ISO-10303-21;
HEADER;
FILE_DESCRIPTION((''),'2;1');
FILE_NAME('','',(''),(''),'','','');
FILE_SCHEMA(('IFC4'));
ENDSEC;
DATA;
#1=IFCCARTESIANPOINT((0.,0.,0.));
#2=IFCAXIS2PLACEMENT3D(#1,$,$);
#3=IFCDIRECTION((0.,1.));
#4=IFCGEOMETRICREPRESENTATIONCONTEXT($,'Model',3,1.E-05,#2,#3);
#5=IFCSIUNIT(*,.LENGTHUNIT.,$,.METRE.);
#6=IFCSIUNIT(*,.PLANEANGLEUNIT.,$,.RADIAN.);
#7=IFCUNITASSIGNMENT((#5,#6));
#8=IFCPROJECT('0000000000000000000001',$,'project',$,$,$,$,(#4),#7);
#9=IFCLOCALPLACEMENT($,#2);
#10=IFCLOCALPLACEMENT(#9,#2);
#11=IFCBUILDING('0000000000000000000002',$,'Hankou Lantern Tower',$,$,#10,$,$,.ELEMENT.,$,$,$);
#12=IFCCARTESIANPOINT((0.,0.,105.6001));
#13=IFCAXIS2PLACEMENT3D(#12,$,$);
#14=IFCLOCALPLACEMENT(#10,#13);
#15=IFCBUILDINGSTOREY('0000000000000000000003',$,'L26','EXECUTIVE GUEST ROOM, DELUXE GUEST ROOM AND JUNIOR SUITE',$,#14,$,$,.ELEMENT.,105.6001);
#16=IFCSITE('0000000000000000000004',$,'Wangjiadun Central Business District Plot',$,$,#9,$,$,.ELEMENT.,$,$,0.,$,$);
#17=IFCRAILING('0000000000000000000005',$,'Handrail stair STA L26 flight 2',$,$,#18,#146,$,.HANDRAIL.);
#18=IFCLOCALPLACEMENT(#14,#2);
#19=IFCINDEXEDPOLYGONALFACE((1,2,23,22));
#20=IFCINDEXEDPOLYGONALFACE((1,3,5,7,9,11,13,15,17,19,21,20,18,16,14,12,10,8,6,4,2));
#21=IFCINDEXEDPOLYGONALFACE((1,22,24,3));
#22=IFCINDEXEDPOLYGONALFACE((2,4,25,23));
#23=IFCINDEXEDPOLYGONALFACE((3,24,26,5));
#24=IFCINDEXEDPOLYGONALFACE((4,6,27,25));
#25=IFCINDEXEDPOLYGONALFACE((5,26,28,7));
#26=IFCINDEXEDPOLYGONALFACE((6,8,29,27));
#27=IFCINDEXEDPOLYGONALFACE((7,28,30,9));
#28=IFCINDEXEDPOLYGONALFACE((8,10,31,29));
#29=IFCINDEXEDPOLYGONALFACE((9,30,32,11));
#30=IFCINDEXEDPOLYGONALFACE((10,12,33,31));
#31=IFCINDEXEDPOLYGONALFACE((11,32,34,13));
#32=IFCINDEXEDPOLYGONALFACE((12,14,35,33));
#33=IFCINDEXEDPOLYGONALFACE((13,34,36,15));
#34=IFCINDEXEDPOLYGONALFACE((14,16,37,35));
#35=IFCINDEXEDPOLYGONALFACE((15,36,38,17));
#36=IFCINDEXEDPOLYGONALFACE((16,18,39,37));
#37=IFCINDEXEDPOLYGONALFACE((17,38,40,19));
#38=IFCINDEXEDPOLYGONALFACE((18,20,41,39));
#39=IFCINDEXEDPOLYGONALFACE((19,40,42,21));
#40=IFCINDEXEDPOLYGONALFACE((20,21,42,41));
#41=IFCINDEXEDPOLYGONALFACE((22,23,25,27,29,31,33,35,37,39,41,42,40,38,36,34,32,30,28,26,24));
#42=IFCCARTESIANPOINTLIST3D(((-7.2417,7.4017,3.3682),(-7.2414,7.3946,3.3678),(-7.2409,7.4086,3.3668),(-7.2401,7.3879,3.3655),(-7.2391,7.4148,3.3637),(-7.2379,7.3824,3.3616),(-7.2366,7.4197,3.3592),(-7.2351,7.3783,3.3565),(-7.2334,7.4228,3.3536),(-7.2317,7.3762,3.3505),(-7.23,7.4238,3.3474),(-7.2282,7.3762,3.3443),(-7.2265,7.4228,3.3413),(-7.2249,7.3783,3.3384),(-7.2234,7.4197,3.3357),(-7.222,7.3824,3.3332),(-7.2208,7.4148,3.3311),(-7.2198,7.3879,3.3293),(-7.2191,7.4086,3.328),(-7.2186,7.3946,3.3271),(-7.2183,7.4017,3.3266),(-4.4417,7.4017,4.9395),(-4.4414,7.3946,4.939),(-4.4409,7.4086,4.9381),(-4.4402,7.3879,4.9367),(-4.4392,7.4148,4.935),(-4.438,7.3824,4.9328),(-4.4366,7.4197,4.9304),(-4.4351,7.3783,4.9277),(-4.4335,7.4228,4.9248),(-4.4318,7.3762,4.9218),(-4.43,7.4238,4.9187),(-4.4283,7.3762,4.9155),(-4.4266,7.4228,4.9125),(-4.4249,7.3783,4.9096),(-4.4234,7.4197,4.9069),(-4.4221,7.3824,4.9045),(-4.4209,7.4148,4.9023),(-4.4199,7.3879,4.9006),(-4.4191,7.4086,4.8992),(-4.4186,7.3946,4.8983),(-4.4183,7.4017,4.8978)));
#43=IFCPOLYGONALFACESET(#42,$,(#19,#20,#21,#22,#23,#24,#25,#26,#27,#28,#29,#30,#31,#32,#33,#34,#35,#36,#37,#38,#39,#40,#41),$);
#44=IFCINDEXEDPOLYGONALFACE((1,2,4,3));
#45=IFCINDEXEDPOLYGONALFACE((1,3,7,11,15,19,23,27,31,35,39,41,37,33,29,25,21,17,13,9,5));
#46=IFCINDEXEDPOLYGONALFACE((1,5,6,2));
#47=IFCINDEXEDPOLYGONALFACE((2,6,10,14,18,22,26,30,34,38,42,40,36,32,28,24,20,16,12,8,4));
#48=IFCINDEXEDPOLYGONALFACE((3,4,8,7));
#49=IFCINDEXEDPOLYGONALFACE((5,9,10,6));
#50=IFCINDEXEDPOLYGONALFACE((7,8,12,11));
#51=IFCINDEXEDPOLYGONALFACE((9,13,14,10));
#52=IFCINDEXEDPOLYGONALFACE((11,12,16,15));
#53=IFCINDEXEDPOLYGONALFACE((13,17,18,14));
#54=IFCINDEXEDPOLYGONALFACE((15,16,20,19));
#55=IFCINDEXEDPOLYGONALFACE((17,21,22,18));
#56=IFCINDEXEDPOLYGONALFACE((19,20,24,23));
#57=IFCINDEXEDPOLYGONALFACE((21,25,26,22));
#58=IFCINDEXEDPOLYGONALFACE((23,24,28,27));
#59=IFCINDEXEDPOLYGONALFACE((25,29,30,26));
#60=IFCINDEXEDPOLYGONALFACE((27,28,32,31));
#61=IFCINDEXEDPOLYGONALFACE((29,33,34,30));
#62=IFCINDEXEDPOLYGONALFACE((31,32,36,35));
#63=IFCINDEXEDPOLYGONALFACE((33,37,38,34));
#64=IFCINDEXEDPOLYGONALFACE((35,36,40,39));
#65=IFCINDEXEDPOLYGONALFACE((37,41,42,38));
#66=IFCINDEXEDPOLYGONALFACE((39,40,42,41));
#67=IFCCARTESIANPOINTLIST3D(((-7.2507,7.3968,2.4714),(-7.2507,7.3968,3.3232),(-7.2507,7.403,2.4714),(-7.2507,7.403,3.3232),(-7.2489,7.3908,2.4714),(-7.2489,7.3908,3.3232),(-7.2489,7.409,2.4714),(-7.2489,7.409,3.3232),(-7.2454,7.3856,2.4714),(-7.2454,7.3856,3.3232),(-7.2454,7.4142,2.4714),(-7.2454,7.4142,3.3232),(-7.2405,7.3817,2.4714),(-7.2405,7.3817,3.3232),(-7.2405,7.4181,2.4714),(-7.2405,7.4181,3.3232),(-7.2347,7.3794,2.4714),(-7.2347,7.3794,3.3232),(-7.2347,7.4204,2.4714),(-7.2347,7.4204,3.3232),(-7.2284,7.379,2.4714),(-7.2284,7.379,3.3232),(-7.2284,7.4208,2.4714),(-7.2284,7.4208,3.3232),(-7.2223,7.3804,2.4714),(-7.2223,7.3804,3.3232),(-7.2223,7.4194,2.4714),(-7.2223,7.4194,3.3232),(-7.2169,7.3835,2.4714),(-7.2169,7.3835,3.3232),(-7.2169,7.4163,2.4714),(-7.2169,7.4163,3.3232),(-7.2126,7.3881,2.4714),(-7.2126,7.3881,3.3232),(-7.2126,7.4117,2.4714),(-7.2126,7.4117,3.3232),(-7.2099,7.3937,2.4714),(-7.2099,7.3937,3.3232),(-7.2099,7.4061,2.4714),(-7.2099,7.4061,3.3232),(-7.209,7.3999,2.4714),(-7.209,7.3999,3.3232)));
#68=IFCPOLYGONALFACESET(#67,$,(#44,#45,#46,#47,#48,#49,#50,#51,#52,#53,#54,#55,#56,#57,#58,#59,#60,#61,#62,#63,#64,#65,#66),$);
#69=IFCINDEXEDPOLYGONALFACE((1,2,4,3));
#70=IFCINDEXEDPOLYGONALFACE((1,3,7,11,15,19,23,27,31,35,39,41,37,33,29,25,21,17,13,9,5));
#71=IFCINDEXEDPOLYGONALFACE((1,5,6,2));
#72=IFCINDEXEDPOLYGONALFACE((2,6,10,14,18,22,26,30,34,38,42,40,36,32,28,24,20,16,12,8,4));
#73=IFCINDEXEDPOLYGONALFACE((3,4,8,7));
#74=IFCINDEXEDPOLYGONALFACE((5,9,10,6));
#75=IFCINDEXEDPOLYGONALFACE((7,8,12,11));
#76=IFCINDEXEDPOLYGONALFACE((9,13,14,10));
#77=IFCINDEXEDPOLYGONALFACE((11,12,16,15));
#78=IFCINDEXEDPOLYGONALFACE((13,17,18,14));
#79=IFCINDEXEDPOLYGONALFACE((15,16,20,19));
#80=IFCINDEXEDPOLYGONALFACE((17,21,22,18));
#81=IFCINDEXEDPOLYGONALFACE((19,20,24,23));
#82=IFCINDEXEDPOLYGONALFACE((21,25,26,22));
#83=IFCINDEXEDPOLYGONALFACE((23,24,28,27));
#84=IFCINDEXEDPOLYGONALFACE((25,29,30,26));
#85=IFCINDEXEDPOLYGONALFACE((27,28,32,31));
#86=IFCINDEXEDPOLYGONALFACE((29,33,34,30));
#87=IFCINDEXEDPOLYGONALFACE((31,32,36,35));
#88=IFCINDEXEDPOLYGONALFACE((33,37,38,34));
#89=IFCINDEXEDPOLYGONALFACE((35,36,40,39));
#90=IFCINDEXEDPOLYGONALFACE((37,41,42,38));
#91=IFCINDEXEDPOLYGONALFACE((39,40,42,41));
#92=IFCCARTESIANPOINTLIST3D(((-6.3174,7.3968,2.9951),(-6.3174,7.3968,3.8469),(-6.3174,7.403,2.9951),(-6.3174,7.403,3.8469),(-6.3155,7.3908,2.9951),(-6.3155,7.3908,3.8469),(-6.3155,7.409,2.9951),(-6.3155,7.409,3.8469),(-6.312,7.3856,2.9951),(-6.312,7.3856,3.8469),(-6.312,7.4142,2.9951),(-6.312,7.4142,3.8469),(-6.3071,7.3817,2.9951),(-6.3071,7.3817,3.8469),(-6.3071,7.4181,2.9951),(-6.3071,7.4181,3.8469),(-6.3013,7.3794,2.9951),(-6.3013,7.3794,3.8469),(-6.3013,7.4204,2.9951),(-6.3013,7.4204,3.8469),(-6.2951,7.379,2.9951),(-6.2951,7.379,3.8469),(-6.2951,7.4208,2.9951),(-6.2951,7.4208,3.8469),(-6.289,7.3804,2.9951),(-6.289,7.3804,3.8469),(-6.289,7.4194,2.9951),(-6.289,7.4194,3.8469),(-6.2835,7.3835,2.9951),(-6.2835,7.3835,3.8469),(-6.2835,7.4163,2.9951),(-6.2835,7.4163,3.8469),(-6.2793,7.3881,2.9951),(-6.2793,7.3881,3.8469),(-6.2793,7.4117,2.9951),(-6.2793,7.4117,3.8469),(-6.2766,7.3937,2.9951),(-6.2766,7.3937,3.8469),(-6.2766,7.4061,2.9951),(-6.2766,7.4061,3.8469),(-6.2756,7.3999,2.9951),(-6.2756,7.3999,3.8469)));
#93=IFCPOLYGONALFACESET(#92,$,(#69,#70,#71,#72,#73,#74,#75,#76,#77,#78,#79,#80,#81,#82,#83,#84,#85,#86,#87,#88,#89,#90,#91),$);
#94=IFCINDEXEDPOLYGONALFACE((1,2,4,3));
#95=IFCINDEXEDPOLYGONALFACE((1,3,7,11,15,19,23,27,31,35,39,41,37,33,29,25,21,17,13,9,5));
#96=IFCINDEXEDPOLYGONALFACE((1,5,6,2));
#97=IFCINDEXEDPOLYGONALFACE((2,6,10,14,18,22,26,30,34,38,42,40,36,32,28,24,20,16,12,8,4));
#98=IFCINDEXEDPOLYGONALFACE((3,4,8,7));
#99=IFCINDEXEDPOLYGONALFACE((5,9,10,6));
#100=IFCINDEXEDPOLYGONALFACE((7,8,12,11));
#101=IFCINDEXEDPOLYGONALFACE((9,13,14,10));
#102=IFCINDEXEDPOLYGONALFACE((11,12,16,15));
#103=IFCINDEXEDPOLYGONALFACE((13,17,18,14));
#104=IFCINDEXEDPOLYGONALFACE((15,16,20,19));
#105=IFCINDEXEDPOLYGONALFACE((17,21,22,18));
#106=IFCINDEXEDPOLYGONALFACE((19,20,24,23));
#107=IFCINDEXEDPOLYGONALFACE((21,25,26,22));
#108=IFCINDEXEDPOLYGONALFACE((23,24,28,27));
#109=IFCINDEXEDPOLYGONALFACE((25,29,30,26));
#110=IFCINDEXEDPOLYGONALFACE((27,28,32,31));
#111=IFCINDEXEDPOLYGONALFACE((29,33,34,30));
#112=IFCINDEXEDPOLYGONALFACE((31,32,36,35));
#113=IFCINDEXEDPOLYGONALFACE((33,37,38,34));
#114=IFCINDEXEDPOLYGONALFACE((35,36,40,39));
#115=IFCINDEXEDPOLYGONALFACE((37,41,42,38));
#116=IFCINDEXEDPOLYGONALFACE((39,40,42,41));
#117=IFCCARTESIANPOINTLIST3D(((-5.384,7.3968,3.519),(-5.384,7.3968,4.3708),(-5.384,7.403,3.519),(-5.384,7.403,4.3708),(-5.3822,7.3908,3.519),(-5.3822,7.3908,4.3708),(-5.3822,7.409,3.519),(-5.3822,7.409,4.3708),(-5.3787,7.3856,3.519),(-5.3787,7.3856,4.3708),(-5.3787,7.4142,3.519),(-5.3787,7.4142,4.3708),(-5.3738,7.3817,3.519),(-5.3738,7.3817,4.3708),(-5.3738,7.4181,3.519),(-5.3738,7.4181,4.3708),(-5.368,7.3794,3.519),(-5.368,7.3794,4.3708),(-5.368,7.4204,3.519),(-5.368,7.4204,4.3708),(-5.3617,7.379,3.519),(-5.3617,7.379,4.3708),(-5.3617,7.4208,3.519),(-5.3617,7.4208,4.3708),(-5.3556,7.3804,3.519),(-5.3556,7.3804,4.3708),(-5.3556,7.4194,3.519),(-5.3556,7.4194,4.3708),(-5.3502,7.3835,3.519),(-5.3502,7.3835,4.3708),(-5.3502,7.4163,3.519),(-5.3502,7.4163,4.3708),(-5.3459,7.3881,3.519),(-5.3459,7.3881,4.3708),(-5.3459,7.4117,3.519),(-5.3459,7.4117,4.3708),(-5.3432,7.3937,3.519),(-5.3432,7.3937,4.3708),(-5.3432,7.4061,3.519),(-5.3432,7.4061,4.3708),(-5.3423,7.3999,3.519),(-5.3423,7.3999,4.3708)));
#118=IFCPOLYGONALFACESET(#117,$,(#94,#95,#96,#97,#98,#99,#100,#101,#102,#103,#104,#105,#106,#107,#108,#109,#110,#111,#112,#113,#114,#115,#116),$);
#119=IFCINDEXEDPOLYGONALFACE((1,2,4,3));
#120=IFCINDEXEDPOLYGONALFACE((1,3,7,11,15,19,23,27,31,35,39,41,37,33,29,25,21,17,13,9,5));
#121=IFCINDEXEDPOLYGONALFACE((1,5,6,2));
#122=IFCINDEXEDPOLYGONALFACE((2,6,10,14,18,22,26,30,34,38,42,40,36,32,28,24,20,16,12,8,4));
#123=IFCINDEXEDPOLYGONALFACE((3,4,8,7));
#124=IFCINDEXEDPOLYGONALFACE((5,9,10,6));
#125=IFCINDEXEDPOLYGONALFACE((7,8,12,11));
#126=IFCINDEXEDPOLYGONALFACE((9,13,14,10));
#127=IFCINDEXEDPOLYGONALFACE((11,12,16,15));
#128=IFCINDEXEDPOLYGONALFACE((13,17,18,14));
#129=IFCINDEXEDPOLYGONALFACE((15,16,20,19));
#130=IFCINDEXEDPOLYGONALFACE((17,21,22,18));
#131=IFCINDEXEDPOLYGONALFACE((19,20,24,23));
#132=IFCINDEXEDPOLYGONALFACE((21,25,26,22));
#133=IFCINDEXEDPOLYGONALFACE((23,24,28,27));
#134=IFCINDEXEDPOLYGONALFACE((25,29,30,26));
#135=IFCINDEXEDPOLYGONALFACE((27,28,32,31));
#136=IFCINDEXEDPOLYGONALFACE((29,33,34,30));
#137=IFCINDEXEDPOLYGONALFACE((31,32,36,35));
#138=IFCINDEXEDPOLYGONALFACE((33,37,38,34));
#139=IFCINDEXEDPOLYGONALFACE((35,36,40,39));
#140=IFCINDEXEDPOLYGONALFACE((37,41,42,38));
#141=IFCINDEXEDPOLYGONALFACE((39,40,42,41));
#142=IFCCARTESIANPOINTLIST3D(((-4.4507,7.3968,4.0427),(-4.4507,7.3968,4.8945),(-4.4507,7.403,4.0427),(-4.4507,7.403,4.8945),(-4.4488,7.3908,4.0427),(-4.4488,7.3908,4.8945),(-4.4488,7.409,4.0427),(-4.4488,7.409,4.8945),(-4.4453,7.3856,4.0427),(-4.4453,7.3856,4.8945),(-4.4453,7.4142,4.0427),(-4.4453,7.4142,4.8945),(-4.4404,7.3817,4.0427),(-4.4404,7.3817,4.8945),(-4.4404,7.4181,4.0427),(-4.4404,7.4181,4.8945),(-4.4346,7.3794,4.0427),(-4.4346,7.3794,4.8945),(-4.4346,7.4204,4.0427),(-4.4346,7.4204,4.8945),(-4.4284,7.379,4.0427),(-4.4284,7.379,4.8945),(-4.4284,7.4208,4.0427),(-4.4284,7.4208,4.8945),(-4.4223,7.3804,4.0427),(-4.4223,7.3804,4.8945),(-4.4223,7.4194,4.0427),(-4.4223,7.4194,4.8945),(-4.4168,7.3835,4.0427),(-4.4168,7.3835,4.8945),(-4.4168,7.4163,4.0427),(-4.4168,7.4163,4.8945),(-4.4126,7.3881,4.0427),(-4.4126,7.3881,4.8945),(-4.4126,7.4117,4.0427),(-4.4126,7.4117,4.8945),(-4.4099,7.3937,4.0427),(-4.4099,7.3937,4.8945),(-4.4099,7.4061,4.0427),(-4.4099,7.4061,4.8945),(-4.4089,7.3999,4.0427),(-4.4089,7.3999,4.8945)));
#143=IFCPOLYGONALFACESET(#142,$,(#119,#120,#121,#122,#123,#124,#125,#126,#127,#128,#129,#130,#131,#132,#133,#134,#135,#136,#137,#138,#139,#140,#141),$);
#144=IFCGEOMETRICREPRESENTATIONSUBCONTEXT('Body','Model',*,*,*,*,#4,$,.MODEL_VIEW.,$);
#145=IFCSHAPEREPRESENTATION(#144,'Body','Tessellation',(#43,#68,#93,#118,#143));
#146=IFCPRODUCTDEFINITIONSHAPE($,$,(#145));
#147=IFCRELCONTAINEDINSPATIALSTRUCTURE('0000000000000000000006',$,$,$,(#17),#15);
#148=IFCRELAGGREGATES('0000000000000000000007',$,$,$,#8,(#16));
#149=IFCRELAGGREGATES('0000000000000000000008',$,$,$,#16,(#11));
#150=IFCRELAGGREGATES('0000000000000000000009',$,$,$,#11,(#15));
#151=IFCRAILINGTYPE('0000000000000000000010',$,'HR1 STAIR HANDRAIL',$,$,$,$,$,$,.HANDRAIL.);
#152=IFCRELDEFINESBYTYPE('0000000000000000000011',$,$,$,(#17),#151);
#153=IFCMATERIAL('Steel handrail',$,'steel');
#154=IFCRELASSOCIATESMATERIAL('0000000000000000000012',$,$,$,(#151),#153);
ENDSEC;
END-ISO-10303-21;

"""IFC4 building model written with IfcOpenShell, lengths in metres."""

from ifc_helpers import new_model, si_unit, direction, frame, origin, origin_2d, place, context, subcontext, project, spatial, circle, extrude, material, type_object, element, save


model = new_model("IFC4")

# Units and contexts
model_context = context("Model", 3, precision=1e-05, world=origin(), true_north=direction((0.0, 1.0)))
body_context = subcontext(model_context, "Body", "Model", "MODEL_VIEW")
ifc_project = project(units=[si_unit("LENGTHUNIT", "METRE"), si_unit("PLANEANGLEUNIT", "RADIAN")], contexts=[model_context])

# Site, building, storey
site_placement = place(None, origin())
site = spatial("IfcSite", under=ifc_project, at=site_placement, Name="Wangjiadun Central Business District Plot", CompositionType="ELEMENT", RefElevation=0.0)
building_placement = place(site_placement, origin())
building = spatial("IfcBuilding", under=site, at=building_placement, Name="Hankou Lantern Tower", CompositionType="ELEMENT")
storey_placement = place(building_placement, frame((0.0, 0.0, 105.6001)))
storey = spatial("IfcBuildingStorey", under=building, at=storey_placement, Name="L26", Description="EXECUTIVE GUEST ROOM, DELUXE GUEST ROOM AND JUNIOR SUITE", CompositionType="ELEMENT", Elevation=105.6001)

# Railing
ifc_material_1 = material(Name="Steel handrail", Category="steel")
railing_type = type_object("IfcRailingType", Name="HR1 STAIR HANDRAIL", PredefinedType="HANDRAIL", material=ifc_material_1)
railing_1_placement = place(storey_placement, frame((-7.23, 7.3999, 2.4714)))
element("IfcRailing", 1, at=railing_1_placement, inside=storey, type_object=railing_type, Name="Handrail stair STA L26 flight 2", PredefinedType="HANDRAIL", context=body_context, shape_type="SweptSolid", body=[
    extrude(circle(Radius=0.0239, at=origin_2d()), frame((0.0, 0.0, 0.876), z_axis=(0.872073, 0.0, 0.489377), x_axis=(0.0, 1.0, 0.0)), (0.0, 0.0, 1.0), 3.2107),
    extrude(circle(Radius=0.021, at=origin_2d()), origin(), (0.0, 0.0, 1.0), 0.8518),
    extrude(circle(Radius=0.021, at=origin_2d()), frame((0.9333, 0.0, 0.5237)), (0.0, 0.0, 1.0), 0.8518),
    extrude(circle(Radius=0.021, at=origin_2d()), frame((1.8667, 0.0, 1.0476)), (0.0, 0.0, 1.0), 0.8518),
    extrude(circle(Radius=0.021, at=origin_2d()), frame((2.8, 0.0, 1.5713)), (0.0, 0.0, 1.0), 0.8518),
])

save(model, "model.ifc")
